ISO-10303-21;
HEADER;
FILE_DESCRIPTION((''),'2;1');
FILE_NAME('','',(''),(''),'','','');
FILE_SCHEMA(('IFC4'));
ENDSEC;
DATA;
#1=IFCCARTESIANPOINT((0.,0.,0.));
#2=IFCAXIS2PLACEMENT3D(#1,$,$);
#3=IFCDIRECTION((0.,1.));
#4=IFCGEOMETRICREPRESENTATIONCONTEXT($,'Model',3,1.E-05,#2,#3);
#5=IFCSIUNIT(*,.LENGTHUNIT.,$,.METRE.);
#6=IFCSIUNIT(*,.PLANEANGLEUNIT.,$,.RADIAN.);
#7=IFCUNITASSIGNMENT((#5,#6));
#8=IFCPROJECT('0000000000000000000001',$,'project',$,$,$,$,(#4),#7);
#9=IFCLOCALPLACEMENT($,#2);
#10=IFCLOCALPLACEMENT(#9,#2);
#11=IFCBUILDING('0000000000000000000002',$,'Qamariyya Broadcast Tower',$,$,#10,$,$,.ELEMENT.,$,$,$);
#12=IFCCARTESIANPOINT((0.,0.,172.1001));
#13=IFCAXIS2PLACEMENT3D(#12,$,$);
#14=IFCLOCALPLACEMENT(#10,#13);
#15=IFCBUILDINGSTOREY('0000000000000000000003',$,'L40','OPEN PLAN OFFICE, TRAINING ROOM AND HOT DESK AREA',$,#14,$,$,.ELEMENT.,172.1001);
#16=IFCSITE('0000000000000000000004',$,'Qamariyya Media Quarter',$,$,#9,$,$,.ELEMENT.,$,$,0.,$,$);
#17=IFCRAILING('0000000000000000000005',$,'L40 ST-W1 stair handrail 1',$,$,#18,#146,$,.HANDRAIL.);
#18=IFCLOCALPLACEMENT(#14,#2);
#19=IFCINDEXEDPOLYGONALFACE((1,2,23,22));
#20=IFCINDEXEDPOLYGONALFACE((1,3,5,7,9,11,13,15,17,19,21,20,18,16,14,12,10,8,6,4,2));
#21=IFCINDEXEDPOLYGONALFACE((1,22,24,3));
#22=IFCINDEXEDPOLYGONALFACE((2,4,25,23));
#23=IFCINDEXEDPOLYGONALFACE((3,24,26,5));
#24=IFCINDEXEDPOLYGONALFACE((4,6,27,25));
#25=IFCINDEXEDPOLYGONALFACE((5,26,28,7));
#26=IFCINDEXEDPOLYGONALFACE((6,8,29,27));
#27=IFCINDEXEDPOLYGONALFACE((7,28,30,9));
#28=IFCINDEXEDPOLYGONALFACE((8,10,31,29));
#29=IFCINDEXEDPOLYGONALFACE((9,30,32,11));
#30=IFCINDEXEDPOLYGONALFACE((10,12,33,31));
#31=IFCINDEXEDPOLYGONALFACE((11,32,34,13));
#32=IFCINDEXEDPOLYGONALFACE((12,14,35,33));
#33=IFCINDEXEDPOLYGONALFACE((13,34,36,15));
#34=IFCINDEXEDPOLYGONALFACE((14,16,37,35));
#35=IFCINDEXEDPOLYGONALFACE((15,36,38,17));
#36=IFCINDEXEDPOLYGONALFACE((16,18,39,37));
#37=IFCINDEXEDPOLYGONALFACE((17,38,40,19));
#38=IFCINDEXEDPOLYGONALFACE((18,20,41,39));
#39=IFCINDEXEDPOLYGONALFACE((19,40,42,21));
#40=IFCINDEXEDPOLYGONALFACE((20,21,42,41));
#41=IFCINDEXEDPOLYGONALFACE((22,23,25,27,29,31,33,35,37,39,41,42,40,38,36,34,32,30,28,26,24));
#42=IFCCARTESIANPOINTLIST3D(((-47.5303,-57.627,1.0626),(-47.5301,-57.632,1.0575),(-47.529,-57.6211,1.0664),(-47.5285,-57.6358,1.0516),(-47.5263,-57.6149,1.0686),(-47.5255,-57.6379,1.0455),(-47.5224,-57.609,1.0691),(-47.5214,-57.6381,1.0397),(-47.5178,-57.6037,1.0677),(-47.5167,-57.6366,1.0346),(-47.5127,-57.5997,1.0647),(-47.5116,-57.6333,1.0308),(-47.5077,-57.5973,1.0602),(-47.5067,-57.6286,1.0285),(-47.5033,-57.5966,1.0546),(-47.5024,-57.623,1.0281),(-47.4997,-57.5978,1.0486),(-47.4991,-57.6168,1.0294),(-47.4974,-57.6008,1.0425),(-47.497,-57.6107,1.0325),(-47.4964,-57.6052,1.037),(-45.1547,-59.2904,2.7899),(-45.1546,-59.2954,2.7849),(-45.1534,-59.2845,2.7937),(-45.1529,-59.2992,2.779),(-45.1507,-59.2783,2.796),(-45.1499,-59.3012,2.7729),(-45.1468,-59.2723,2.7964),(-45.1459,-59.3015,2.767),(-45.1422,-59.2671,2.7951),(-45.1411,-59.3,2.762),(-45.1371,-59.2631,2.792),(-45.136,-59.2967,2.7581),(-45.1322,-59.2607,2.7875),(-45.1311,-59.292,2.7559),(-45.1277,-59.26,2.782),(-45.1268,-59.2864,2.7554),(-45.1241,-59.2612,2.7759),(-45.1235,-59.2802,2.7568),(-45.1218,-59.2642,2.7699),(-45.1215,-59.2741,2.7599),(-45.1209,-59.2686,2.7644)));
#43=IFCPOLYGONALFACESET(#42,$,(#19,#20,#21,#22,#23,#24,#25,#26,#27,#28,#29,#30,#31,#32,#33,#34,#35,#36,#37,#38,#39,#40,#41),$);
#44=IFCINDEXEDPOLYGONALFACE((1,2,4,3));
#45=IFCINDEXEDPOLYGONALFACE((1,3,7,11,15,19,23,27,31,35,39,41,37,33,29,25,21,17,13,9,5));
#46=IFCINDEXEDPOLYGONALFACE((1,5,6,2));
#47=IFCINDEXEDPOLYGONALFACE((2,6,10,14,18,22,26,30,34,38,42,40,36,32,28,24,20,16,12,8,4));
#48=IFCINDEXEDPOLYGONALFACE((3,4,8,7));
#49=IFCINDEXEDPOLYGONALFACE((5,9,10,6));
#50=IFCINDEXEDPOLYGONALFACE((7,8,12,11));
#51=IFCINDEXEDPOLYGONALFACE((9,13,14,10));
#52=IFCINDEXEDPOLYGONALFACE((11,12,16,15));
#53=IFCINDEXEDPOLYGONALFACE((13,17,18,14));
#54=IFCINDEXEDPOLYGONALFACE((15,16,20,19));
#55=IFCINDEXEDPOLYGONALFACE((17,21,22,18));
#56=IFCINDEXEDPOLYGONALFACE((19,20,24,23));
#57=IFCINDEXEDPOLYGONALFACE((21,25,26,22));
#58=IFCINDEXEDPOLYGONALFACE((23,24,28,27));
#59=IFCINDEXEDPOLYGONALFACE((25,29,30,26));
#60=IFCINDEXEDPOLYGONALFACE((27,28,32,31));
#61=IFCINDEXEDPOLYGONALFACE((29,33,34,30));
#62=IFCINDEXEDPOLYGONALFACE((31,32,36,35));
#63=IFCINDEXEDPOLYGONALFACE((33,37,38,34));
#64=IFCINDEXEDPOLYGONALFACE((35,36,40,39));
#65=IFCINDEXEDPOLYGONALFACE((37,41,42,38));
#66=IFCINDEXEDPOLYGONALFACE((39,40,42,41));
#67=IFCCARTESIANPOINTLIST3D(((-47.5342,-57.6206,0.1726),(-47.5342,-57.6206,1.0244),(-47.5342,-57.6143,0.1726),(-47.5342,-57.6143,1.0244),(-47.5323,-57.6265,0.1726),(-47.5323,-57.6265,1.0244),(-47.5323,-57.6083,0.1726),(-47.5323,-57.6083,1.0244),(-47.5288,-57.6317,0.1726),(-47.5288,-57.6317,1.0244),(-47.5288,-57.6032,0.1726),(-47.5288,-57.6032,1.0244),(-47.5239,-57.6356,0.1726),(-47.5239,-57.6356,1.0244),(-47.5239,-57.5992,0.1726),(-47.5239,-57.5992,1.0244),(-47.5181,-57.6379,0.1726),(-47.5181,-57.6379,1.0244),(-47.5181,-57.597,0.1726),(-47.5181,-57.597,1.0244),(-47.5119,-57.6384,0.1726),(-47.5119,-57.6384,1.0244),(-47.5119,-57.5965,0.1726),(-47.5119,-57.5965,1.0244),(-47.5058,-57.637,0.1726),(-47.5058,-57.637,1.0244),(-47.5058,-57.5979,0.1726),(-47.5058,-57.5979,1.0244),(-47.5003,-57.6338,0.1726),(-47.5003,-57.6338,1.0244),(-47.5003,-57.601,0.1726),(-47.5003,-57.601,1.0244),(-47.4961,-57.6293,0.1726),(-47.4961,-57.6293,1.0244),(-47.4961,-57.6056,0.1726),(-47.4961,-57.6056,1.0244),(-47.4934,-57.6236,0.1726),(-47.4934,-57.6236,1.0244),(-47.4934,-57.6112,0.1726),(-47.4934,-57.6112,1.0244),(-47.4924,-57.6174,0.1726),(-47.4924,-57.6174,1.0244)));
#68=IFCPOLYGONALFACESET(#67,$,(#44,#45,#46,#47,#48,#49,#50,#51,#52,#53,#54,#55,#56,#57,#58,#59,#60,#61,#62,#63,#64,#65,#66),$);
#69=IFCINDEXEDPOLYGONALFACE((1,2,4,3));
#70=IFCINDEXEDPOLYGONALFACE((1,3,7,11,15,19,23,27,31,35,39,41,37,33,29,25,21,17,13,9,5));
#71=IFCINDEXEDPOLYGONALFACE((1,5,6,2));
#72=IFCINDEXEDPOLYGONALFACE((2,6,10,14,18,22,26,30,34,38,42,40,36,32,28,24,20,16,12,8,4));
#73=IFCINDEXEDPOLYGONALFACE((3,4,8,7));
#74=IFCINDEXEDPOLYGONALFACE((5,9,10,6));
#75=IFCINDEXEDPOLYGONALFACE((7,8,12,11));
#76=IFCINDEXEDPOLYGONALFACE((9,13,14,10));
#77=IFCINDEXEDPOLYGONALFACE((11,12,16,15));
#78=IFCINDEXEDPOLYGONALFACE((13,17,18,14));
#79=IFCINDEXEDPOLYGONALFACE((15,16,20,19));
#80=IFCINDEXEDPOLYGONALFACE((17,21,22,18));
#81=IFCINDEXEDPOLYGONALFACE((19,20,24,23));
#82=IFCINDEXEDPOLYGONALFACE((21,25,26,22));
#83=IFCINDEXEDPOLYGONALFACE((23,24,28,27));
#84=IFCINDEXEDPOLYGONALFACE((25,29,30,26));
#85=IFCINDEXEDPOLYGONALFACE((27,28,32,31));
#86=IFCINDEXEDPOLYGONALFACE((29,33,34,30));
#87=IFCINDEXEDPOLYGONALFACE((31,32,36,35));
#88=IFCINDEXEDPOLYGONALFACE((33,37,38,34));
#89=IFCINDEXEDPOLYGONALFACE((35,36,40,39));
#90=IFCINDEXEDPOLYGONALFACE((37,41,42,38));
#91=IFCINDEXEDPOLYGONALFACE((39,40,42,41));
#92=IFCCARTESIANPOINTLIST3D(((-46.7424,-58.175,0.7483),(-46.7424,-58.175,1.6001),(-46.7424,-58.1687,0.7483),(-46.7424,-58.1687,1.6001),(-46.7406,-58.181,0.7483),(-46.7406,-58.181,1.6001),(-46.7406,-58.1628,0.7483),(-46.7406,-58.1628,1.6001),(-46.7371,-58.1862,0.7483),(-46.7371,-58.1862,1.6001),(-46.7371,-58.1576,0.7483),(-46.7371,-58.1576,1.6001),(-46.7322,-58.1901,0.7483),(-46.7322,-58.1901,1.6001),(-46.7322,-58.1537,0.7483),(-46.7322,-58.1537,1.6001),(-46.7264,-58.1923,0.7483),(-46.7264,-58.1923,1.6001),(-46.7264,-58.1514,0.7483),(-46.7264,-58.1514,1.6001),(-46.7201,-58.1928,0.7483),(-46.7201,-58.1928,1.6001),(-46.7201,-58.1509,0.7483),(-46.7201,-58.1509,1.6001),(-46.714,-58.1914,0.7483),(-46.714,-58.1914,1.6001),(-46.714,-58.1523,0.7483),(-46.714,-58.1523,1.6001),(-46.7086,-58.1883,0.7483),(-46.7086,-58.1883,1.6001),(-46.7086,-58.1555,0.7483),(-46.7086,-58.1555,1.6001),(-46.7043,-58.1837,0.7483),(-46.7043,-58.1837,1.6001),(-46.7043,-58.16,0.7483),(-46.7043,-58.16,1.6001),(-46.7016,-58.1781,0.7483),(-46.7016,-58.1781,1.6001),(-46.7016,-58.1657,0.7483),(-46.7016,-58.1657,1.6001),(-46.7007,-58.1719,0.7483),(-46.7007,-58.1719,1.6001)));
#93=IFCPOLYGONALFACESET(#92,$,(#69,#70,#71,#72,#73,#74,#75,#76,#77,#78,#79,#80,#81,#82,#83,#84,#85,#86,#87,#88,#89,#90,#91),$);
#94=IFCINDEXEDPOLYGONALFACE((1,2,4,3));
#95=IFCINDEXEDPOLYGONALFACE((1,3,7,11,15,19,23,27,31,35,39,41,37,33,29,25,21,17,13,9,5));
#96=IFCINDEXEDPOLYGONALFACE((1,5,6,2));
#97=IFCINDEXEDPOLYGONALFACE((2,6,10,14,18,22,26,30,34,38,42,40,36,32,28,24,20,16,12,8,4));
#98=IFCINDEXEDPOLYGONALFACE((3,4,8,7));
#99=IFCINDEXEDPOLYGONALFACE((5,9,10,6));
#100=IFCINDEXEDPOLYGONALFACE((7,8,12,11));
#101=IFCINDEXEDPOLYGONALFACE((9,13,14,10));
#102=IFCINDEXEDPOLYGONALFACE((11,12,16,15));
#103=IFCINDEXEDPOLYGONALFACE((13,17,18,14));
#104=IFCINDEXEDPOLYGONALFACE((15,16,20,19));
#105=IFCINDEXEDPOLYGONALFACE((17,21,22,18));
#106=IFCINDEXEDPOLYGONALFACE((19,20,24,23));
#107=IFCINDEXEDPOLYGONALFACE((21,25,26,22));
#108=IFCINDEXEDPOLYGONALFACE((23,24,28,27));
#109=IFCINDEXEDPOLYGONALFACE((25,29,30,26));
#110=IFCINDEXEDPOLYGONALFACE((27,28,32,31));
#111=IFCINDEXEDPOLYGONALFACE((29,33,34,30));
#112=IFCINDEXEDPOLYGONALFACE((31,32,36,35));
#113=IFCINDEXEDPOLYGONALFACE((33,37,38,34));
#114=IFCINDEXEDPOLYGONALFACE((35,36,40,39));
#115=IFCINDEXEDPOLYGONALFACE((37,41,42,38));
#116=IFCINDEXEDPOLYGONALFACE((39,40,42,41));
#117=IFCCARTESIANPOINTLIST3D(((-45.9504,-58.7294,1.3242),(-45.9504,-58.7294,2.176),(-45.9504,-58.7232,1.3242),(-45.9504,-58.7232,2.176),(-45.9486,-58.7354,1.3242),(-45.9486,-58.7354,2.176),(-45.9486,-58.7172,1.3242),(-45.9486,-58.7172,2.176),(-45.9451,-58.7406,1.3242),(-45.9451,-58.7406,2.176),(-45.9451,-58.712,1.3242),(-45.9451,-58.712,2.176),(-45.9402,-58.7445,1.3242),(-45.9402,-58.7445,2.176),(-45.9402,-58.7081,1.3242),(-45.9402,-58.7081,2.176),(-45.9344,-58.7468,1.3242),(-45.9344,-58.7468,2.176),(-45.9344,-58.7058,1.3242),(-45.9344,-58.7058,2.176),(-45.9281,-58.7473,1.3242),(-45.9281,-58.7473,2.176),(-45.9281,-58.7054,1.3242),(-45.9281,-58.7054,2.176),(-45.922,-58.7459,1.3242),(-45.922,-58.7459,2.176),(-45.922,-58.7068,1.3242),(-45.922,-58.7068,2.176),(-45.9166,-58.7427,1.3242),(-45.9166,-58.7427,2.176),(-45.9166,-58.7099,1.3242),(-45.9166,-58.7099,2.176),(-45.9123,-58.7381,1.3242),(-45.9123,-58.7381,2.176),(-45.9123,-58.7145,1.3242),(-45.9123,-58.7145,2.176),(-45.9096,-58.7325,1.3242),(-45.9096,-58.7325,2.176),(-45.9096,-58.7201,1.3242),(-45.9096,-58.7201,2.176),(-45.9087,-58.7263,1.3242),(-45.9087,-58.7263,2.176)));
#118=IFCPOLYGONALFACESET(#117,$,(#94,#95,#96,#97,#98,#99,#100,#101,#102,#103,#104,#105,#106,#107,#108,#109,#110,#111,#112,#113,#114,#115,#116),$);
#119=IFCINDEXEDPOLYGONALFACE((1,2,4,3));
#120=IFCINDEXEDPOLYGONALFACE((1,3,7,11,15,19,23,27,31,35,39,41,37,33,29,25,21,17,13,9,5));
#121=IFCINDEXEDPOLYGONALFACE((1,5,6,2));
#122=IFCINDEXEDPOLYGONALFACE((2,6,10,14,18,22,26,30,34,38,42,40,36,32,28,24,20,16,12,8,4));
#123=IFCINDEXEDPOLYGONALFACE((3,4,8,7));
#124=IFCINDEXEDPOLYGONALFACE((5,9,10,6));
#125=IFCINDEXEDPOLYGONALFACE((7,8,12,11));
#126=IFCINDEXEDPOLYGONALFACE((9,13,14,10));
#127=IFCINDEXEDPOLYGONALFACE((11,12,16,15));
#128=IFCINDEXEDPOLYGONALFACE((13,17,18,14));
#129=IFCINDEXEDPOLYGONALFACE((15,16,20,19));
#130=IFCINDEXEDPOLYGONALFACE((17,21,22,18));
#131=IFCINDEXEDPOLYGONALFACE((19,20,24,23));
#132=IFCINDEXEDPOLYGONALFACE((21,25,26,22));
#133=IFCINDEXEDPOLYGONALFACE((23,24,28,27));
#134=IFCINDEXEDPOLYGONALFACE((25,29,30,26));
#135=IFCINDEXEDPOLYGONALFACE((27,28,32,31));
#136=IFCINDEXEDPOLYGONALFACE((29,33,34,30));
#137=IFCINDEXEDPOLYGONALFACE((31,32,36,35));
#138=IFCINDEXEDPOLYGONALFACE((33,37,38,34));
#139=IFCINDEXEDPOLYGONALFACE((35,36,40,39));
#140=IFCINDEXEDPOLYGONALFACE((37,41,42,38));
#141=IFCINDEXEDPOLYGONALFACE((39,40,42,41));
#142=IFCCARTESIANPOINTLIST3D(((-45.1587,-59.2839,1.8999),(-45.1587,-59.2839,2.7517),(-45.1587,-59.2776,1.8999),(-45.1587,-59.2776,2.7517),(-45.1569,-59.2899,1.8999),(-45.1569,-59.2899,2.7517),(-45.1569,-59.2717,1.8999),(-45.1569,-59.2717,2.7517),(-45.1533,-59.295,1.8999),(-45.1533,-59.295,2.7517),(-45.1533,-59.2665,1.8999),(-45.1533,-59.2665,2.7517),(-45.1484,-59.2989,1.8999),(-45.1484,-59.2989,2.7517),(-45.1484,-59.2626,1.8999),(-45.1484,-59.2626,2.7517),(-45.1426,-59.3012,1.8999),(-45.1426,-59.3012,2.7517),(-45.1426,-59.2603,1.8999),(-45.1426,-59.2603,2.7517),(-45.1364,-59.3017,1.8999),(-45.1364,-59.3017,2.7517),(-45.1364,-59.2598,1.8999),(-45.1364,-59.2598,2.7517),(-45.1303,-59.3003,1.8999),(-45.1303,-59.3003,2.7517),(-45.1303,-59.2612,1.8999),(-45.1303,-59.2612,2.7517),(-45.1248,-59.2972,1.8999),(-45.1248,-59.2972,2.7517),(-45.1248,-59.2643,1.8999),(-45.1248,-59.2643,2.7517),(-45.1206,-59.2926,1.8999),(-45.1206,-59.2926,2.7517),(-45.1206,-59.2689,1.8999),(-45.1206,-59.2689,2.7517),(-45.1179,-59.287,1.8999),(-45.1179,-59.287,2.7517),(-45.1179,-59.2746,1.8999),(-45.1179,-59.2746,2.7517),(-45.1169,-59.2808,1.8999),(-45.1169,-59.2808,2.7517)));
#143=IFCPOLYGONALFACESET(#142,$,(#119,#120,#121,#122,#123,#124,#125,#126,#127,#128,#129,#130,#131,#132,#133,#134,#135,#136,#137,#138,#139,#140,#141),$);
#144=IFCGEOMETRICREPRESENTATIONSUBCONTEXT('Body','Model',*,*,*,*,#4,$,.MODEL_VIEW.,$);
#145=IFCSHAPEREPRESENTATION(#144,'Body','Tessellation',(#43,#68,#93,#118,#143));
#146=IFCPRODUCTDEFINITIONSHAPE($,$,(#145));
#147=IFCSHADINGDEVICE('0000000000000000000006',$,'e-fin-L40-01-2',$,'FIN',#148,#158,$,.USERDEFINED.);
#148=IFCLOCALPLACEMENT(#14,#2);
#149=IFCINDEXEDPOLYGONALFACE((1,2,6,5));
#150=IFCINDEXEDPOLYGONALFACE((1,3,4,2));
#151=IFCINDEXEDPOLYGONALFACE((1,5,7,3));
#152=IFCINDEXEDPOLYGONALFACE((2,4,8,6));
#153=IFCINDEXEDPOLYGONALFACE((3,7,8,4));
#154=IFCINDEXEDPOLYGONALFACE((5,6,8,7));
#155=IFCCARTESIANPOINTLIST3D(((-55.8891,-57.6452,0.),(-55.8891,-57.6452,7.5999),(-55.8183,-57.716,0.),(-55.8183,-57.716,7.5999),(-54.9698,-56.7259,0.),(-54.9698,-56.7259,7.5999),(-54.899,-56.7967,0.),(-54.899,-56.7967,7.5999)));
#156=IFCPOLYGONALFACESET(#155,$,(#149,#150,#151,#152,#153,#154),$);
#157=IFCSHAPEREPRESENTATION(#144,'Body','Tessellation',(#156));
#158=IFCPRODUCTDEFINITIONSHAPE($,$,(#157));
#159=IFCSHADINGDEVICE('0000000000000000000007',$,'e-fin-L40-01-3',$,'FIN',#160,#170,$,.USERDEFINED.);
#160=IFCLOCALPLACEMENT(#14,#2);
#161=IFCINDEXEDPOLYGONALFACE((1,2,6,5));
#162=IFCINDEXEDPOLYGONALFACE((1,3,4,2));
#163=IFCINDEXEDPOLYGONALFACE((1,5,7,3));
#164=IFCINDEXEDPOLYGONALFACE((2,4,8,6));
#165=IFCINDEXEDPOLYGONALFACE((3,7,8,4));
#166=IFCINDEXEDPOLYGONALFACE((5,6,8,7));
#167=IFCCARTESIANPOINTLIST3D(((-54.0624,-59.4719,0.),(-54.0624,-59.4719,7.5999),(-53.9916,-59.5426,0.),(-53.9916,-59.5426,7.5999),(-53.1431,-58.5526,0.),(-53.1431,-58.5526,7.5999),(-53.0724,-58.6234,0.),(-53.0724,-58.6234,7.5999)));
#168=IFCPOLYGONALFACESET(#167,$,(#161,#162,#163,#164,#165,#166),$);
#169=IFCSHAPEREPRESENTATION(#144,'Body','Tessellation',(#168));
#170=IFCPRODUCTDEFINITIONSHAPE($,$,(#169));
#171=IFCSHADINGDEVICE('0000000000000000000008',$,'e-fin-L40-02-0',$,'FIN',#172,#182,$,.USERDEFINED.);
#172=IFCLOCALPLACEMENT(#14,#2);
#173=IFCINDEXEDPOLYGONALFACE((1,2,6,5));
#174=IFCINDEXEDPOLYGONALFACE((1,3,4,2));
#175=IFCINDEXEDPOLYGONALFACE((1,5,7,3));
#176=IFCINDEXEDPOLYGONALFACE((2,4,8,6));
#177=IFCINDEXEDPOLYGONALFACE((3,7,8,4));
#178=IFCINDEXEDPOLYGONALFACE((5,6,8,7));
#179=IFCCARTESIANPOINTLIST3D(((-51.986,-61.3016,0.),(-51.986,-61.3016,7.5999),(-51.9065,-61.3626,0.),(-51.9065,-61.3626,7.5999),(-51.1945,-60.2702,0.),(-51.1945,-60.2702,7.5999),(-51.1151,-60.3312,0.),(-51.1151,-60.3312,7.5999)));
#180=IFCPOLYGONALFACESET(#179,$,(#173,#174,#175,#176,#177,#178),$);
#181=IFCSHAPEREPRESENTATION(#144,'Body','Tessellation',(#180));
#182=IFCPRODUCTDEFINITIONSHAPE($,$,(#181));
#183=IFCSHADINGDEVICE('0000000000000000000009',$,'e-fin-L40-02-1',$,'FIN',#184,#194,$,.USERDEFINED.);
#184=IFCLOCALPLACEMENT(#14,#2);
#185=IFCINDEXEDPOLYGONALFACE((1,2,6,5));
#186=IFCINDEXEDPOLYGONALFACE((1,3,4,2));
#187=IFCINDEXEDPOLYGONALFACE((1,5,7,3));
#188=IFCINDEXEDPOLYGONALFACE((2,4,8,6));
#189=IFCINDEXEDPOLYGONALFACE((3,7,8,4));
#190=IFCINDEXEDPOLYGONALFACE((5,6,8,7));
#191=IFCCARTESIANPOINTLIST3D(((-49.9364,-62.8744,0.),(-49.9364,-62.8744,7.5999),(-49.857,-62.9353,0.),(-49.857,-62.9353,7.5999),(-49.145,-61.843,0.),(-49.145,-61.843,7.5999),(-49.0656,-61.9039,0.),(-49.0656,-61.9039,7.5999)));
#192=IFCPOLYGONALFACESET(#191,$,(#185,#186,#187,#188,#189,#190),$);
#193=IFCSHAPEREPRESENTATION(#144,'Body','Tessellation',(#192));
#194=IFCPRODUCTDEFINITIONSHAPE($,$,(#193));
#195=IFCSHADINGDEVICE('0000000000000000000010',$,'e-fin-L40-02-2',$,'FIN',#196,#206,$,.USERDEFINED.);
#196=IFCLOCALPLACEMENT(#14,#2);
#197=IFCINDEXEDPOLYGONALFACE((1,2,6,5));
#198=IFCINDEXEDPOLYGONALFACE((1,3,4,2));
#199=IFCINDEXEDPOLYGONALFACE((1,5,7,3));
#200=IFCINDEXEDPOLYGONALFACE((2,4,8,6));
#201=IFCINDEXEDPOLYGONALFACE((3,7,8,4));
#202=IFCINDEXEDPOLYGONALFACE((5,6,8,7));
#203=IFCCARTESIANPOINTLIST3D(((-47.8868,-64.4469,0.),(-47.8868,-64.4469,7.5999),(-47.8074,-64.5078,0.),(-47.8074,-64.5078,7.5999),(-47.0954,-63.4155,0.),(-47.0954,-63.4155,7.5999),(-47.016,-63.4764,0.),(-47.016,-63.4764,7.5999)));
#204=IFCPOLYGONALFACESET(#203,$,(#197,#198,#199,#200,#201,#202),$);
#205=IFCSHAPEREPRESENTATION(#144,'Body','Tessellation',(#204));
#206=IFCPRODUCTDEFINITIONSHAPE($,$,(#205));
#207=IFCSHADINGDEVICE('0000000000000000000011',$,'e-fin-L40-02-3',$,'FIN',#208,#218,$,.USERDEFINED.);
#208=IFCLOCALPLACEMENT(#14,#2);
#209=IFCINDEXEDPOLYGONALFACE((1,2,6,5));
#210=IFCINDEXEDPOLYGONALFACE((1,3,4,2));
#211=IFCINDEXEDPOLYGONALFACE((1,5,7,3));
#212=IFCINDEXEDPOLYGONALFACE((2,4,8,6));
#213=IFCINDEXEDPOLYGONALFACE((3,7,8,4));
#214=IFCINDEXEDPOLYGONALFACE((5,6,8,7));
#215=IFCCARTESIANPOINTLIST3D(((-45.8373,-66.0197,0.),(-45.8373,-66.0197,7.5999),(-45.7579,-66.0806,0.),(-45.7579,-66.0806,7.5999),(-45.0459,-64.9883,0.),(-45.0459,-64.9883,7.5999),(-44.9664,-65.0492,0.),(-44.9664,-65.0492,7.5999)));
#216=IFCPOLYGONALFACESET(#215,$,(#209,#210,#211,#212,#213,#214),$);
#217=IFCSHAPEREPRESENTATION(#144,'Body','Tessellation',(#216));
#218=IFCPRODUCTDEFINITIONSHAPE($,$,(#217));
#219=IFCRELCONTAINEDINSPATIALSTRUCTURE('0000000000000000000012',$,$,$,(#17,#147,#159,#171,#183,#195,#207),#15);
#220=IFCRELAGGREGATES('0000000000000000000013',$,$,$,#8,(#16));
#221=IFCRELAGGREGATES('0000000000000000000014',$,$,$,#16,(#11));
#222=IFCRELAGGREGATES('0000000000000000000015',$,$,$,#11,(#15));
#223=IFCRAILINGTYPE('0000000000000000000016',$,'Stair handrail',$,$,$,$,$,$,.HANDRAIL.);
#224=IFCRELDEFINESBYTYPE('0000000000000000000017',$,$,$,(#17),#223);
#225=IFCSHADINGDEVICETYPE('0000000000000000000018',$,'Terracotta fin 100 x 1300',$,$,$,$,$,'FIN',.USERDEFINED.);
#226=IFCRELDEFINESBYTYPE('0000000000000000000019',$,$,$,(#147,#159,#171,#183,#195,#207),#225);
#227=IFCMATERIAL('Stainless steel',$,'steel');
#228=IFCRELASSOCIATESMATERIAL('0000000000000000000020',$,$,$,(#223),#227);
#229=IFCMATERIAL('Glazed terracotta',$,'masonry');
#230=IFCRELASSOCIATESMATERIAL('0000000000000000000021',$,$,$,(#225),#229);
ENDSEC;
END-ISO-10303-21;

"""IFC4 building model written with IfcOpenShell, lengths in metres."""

from ifc_helpers import new_model, si_unit, direction, frame, origin, origin_2d, place, context, subcontext, project, spatial, rectangle, circle, extrude, material, material_profile, profile_set, type_object, element, save


model = new_model("IFC4")

# Units and contexts
model_context = context("Model", 3, precision=1e-05, world=origin(), true_north=direction((0.0, 1.0)))
body_context = subcontext(model_context, "Body", "Model", "MODEL_VIEW")
ifc_project = project(units=[si_unit("LENGTHUNIT", "METRE"), si_unit("PLANEANGLEUNIT", "RADIAN")], contexts=[model_context])

# Site, building, storey
site_placement = place(None, origin())
site = spatial("IfcSite", under=ifc_project, at=site_placement, Name="Qamariyya Media Quarter", CompositionType="ELEMENT", RefElevation=0.0)
building_placement = place(site_placement, origin())
building = spatial("IfcBuilding", under=site, at=building_placement, Name="Qamariyya Broadcast Tower", CompositionType="ELEMENT")
storey_placement = place(building_placement, frame((0.0, 0.0, 172.1001)))
storey = spatial("IfcBuildingStorey", under=building, at=storey_placement, Name="L40", Description="OPEN PLAN OFFICE, TRAINING ROOM AND HOT DESK AREA", CompositionType="ELEMENT", Elevation=172.1001)

# Railing
ifc_material_1 = material(Name="Stainless steel", Category="steel")
railing_type_1 = type_object("IfcRailingType", Name="Stair handrail", PredefinedType="HANDRAIL", material=ifc_material_1)
railing_1_placement = place(storey_placement, frame((-47.5134, -57.6174, 0.1726)))
element("IfcRailing", 1, at=railing_1_placement, inside=storey, type_object=railing_type_1, Name="L40 ST-W1 stair handrail 1", PredefinedType="HANDRAIL", context=body_context, shape_type="SweptSolid", body=[
    extrude(circle(Radius=0.0239, at=origin_2d()), frame((0.0, 0.0, 0.876), z_axis=(0.70377, -0.492784, 0.511734), x_axis=(0.573575, 0.819153, 0.0)), (0.0, 0.0, 1.0), 3.3755),
    extrude(circle(Radius=0.021, at=origin_2d()), origin(), (0.0, 0.0, 1.0), 0.8518),
    extrude(circle(Radius=0.021, at=origin_2d()), frame((0.7917, -0.5544, 0.5757)), (0.0, 0.0, 1.0), 0.8518),
    extrude(circle(Radius=0.021, at=origin_2d()), frame((1.5837, -1.1089, 1.1516)), (0.0, 0.0, 1.0), 0.8518),
    extrude(circle(Radius=0.021, at=origin_2d()), frame((2.3755, -1.6633, 1.7273)), (0.0, 0.0, 1.0), 0.8518),
])

# Shading devices
ifc_material_2 = material(Name="Glazed terracotta", Category="masonry")
ifc_material_profile_1 = material_profile(ifc_material_2, rectangle(XDim=1.3, YDim=0.1001, at=origin_2d()))
ifc_profile_set_1 = profile_set([ifc_material_profile_1], Name="Glazed terracotta")
shading_device_type_1 = type_object("IfcShadingDeviceType", Name="Terracotta fin 100 x 1300", ElementType="FIN", PredefinedType="USERDEFINED", material=ifc_profile_set_1)
for number, where, z_axis, x_axis, name in (
    (2, (-55.394, -57.2209, 0.0), (0.0, 0.0, 1.0), (-0.707107, -0.707107, 0.0), "e-fin-L40-01-2"),
    (3, (-53.5674, -59.0476, 0.0), (0.0, 0.0, 1.0), (-0.707107, -0.707107, 0.0), "e-fin-L40-01-3"),
    (4, (-51.5505, -60.8164, 0.0), (0.0, 0.0, 1.0), (-0.608761, -0.793353, 0.0), "e-fin-L40-02-0"),
    (5, (-49.501, -62.3892, 0.0), (0.0, 0.0, 1.0), (-0.608761, -0.793353, 0.0), "e-fin-L40-02-1"),
    (6, (-47.4514, -63.9617, 0.0), (0.0, 0.0, 1.0), (-0.608761, -0.793353, 0.0), "e-fin-L40-02-2"),
    (7, (-45.4019, -65.5344, 0.0), (0.0, 0.0, 1.0), (-0.608761, -0.793353, 0.0), "e-fin-L40-02-3"),
):
    element("IfcShadingDevice", number, at=place(storey_placement, frame(where, z_axis=z_axis, x_axis=x_axis)), inside=storey, type_object=shading_device_type_1, Name=name, ObjectType="FIN", PredefinedType="USERDEFINED", context=body_context, shape_type="SweptSolid", body=[
        extrude(rectangle(XDim=1.3, YDim=0.1001, at=origin_2d()), origin(), (0.0, 0.0, 1.0), 7.5999),
    ])

save(model, "model.ifc")
